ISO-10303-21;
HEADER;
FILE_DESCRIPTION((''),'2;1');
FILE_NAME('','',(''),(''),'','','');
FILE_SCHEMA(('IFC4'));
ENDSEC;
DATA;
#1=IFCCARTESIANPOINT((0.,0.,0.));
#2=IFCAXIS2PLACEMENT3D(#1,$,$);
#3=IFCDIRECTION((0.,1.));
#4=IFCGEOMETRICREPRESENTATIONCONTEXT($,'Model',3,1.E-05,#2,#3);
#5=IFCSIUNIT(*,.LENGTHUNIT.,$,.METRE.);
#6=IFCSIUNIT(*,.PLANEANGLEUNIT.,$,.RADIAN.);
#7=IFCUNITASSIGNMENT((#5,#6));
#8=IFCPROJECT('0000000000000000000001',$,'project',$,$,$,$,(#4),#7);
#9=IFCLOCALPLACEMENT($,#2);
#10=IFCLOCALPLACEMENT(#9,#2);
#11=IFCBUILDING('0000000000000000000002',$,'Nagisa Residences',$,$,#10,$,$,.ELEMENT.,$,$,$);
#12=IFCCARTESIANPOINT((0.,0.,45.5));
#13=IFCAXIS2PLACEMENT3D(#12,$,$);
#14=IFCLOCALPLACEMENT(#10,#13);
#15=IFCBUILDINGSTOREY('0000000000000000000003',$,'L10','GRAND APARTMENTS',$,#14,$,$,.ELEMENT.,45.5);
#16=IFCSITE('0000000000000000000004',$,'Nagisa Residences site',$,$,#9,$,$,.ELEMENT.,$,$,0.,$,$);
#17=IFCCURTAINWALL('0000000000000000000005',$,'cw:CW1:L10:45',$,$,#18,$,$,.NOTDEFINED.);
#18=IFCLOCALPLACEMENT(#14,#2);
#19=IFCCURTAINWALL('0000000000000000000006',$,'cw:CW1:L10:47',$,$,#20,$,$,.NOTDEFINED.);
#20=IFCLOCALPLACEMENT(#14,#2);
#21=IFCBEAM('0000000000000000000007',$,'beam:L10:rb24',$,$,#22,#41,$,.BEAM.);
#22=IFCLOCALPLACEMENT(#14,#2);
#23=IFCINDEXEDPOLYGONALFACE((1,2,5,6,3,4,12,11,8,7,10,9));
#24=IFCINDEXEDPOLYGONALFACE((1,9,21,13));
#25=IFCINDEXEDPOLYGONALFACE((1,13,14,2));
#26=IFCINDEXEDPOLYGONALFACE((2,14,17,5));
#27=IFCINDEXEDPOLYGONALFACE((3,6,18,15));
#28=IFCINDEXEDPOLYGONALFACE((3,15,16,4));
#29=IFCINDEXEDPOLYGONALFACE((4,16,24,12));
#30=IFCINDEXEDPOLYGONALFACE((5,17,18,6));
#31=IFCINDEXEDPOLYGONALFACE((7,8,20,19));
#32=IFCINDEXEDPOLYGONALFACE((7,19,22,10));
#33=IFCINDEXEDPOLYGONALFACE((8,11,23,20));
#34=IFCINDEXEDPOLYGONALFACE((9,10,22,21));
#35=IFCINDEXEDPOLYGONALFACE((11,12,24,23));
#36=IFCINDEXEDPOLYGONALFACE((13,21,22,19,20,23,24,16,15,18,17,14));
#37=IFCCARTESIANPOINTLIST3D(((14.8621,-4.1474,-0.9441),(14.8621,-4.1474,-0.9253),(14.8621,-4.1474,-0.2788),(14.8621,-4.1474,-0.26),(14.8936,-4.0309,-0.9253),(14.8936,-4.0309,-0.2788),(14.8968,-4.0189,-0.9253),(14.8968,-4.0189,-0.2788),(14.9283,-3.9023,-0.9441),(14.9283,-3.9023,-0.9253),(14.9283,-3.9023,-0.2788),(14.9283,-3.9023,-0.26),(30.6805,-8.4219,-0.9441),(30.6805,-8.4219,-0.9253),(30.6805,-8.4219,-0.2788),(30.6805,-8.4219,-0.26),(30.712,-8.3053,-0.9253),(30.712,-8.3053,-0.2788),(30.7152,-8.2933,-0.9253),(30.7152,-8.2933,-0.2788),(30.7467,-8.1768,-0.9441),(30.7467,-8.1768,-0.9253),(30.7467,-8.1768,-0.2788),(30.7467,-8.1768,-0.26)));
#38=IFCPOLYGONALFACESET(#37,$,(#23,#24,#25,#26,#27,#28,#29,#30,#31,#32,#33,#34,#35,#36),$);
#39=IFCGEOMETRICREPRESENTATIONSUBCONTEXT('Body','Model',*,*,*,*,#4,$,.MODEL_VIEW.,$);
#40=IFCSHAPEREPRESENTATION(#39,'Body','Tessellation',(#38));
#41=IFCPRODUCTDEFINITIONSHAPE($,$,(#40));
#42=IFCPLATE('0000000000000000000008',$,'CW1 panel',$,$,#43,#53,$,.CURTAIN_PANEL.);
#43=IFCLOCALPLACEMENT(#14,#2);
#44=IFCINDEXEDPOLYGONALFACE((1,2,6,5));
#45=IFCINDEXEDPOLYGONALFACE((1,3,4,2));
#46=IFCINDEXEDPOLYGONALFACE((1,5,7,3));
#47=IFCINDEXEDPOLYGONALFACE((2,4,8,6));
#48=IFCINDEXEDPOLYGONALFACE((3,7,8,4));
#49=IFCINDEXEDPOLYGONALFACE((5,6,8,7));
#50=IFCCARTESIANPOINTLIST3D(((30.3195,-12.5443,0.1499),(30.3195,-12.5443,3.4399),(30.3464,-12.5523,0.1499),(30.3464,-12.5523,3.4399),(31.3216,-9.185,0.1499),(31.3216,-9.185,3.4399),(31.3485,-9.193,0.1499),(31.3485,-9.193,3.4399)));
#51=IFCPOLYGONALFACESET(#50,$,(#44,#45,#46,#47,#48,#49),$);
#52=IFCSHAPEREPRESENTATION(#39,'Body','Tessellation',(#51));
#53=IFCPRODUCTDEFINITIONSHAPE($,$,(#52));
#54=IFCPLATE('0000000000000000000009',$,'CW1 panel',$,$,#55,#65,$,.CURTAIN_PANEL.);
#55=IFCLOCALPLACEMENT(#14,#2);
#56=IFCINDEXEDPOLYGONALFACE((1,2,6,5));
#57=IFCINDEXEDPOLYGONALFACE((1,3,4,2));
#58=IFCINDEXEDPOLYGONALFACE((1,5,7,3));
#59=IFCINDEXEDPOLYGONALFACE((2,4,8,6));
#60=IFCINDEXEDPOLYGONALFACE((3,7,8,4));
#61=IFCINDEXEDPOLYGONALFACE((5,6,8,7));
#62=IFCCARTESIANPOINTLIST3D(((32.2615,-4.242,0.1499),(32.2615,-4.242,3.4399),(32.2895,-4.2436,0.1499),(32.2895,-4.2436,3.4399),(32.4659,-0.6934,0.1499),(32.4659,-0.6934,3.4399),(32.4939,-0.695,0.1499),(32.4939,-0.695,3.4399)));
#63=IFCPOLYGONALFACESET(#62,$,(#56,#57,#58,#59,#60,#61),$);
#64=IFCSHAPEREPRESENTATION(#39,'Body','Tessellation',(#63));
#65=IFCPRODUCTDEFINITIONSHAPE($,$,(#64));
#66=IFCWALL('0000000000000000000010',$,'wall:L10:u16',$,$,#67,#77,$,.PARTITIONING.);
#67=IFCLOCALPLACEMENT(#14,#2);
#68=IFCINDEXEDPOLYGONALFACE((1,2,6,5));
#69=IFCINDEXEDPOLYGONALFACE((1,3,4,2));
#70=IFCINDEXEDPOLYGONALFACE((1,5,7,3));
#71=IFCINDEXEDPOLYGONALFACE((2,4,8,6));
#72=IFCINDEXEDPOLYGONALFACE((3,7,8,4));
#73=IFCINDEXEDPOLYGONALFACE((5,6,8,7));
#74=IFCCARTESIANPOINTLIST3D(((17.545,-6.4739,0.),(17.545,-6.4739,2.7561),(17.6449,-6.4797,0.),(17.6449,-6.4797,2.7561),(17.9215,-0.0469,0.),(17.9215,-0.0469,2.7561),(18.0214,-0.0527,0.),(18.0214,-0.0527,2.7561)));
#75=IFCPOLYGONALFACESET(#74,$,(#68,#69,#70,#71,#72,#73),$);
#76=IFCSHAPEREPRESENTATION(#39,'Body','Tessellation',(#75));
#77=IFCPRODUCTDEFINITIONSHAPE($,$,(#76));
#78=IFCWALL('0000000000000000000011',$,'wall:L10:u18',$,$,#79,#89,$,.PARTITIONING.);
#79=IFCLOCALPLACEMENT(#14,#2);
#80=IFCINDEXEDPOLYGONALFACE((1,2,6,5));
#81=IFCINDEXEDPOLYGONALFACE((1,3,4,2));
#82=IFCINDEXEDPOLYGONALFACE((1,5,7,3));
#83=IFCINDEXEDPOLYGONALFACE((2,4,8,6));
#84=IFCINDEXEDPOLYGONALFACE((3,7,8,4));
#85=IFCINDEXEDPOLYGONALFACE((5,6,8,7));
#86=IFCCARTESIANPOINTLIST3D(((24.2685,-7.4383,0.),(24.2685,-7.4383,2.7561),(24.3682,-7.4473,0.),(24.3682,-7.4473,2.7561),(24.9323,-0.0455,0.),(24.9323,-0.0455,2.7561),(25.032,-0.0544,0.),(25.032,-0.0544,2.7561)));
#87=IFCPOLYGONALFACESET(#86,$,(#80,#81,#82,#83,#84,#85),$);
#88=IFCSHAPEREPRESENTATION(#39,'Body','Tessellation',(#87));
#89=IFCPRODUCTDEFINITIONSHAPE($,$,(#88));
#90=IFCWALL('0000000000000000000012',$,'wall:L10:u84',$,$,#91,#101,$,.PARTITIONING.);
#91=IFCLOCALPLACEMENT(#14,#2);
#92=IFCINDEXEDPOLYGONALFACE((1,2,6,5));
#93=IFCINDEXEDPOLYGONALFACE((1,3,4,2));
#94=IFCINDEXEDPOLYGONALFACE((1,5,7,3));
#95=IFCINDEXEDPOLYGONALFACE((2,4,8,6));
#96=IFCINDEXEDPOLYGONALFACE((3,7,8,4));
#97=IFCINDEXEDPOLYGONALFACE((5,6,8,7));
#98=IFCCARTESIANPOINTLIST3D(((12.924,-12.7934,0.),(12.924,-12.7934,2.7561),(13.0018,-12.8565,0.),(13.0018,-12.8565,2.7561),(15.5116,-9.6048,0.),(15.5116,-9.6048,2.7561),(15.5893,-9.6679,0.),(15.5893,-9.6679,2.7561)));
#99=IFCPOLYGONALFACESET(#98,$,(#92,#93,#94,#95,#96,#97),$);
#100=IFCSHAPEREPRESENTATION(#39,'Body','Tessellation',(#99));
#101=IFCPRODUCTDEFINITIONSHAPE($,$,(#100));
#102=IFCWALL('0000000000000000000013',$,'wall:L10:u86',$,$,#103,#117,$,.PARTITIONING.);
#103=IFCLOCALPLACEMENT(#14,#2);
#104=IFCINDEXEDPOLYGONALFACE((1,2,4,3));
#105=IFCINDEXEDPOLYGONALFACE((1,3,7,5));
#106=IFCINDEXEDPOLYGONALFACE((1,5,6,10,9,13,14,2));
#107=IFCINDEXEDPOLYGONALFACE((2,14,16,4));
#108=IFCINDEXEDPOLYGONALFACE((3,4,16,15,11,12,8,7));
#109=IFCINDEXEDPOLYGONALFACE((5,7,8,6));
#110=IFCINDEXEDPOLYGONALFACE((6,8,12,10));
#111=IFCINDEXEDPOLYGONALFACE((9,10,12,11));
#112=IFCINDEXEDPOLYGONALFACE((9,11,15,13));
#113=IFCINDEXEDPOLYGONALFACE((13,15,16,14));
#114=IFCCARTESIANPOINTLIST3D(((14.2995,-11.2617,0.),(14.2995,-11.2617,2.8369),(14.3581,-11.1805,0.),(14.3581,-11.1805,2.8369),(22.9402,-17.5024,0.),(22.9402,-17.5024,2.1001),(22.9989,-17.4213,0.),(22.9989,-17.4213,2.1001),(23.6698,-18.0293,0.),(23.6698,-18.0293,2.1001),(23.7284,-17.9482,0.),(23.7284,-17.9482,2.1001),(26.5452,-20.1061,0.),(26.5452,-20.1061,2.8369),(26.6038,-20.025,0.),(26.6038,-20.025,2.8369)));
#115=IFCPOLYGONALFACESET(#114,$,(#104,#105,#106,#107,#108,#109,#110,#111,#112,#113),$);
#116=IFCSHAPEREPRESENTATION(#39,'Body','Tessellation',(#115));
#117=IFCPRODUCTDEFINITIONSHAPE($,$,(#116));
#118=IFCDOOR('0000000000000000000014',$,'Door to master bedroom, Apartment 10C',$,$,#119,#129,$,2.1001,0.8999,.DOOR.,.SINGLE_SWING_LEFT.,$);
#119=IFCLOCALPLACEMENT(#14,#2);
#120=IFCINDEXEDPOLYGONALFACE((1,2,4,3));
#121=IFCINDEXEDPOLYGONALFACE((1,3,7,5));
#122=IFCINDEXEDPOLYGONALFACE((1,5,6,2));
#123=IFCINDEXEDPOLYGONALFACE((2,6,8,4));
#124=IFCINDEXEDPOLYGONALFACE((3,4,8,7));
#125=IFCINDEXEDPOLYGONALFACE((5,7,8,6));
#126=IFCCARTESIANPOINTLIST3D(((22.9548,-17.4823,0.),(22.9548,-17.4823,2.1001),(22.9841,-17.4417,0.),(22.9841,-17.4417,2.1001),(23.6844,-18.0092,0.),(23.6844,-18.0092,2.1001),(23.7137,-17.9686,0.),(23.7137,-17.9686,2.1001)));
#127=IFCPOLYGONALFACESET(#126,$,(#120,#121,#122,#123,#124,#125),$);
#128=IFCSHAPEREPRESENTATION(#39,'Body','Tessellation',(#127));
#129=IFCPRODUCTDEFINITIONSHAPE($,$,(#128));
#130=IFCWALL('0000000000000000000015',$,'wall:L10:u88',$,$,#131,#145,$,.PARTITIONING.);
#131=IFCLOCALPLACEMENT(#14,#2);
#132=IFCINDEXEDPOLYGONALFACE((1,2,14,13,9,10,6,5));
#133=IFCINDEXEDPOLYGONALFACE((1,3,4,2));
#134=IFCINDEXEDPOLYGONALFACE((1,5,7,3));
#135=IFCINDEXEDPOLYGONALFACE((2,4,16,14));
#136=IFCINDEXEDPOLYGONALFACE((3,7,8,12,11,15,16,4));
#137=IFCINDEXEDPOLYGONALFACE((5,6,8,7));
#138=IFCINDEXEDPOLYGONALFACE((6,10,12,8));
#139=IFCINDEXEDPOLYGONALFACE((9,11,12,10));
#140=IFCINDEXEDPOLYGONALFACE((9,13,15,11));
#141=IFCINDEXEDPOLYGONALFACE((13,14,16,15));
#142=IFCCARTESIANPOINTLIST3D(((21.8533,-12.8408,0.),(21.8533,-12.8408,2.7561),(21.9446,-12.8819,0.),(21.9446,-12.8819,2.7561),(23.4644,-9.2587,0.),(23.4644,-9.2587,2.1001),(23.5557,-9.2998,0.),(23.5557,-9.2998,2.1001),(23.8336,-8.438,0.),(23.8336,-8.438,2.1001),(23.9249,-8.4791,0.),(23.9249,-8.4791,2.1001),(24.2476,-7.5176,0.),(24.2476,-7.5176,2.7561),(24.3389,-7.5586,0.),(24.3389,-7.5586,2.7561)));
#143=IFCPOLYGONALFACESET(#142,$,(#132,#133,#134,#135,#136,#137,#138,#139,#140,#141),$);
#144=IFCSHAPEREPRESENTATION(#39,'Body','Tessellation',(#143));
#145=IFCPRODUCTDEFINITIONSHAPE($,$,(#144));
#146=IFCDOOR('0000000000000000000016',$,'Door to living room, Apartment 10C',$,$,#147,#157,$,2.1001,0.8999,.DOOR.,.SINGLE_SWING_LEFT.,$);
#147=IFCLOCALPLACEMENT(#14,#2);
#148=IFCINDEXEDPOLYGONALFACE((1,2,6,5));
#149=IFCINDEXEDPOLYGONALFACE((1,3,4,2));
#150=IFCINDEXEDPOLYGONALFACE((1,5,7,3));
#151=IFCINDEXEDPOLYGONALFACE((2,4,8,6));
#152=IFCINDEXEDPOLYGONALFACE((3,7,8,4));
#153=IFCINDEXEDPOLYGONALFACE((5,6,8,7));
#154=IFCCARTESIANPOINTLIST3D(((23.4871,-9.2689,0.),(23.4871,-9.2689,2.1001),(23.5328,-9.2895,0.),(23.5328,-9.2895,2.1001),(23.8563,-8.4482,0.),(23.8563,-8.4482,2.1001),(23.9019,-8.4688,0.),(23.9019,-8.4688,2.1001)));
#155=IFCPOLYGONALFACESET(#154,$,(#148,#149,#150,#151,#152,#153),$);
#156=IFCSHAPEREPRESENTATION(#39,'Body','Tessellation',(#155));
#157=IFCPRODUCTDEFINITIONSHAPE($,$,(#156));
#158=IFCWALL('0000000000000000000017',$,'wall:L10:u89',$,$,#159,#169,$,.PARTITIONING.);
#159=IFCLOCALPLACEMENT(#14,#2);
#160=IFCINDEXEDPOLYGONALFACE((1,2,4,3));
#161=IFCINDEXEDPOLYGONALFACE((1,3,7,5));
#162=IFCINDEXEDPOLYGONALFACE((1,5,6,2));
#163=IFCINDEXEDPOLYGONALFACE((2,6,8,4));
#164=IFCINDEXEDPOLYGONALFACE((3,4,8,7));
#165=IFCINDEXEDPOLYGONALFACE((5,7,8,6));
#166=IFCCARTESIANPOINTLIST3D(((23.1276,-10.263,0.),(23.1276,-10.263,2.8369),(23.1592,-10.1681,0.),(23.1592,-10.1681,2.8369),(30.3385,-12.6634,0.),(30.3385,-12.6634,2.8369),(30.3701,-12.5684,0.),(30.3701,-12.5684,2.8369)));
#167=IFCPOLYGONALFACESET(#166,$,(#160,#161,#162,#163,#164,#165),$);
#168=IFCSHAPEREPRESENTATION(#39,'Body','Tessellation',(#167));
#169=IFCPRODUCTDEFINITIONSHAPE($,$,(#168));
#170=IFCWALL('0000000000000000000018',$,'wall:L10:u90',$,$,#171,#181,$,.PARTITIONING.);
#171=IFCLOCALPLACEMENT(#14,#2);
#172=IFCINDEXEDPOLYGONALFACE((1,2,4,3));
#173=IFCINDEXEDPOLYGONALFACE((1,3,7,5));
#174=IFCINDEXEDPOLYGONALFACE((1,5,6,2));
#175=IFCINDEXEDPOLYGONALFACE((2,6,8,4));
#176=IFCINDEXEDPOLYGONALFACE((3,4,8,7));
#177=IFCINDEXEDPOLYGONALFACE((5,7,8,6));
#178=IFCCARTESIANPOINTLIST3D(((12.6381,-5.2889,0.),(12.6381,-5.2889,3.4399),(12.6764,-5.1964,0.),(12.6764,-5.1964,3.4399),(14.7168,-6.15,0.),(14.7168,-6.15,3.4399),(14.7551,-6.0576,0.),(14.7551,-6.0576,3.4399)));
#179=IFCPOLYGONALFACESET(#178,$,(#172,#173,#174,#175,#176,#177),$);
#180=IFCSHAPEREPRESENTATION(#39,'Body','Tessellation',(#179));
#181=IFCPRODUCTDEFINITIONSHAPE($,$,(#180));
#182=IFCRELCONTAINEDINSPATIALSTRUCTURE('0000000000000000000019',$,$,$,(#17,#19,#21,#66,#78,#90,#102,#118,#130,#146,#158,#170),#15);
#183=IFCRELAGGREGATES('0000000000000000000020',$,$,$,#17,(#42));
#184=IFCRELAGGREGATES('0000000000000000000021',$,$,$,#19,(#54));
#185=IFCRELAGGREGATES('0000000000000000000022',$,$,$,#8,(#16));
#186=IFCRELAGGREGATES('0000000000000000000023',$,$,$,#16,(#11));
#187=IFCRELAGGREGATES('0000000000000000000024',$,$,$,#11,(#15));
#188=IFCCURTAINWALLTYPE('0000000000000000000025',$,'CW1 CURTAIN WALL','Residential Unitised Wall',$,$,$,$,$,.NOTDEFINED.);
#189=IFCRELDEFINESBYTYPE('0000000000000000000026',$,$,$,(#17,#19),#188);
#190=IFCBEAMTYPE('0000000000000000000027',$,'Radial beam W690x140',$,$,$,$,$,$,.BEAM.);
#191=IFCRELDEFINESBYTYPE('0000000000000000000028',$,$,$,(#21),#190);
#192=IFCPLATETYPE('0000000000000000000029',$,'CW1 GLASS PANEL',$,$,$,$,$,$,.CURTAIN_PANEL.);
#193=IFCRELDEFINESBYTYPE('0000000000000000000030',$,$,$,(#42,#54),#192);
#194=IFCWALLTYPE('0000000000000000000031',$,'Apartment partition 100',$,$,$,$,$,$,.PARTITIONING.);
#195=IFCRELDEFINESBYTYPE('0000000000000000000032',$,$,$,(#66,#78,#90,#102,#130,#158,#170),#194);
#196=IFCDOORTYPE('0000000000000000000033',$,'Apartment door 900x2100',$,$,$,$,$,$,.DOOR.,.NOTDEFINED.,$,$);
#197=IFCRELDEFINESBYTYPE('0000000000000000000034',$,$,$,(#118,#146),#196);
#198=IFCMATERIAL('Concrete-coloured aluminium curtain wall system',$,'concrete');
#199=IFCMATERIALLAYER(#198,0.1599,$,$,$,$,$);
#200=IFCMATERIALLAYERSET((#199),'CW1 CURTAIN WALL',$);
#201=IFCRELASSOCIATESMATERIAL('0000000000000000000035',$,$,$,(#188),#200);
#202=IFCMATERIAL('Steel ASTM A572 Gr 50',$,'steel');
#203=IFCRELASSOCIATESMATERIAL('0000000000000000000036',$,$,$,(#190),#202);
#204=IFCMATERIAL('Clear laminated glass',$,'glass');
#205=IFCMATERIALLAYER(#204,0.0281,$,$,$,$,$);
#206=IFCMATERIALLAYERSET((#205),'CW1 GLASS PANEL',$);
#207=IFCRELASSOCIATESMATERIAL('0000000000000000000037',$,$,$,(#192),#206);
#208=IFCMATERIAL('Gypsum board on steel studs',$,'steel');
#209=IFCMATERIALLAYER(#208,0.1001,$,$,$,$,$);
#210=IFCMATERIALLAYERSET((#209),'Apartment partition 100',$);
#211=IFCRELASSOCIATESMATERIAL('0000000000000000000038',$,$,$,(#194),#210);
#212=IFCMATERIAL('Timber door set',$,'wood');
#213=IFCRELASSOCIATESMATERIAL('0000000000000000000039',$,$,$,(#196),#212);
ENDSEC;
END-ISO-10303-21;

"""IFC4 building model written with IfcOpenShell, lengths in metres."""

from ifc_helpers import new_model, si_unit, direction, frame, frame_2d, origin, origin_2d, place, context, subcontext, project, spatial, rectangle, i_section, extrude, material, layer, layer_set, material_profile, profile_set, type_object, element, fill, aggregate, save


model = new_model("IFC4")

# Units and contexts
model_context = context("Model", 3, precision=1e-05, world=origin(), true_north=direction((0.0, 1.0)))
body_context = subcontext(model_context, "Body", "Model", "MODEL_VIEW")
ifc_project = project(units=[si_unit("LENGTHUNIT", "METRE"), si_unit("PLANEANGLEUNIT", "RADIAN")], contexts=[model_context])

# Site, building, storey
site_placement = place(None, origin())
site = spatial("IfcSite", under=ifc_project, at=site_placement, Name="Nagisa Residences site", CompositionType="ELEMENT", RefElevation=0.0)
building_placement = place(site_placement, origin())
building = spatial("IfcBuilding", under=site, at=building_placement, Name="Nagisa Residences", CompositionType="ELEMENT")
storey_placement = place(building_placement, frame((0.0, 0.0, 45.5)))
storey = spatial("IfcBuildingStorey", under=building, at=storey_placement, Name="L10", Description="GRAND APARTMENTS", CompositionType="ELEMENT", Elevation=45.5)

# Curtain walls
ifc_material_1 = material(Name="Concrete-coloured aluminium curtain wall system", Category="concrete")
ifc_layer_1 = layer(ifc_material_1, 0.1599)
ifc_layer_set_1 = layer_set([ifc_layer_1], Name="CW1 CURTAIN WALL")
curtain_wall_type = type_object("IfcCurtainWallType", Name="CW1 CURTAIN WALL", Description="Residential Unitised Wall", PredefinedType="NOTDEFINED", material=ifc_layer_set_1)
curtain_wall_1_placement = place(storey_placement, origin())
curtain_wall_1 = element("IfcCurtainWall", 1, at=curtain_wall_1_placement, inside=storey, type_object=curtain_wall_type, Name="cw:CW1:L10:45", PredefinedType="NOTDEFINED")
curtain_wall_2_placement = place(storey_placement, origin())
curtain_wall_2 = element("IfcCurtainWall", 2, at=curtain_wall_2_placement, inside=storey, type_object=curtain_wall_type, Name="cw:CW1:L10:47", PredefinedType="NOTDEFINED")

# Beam
ifc_material_2 = material(Name="Steel ASTM A572 Gr 50", Category="steel")
ifc_material_profile_1 = material_profile(ifc_material_2, i_section(OverallWidth=0.2539, OverallDepth=0.6841, WebThickness=0.0125, FlangeThickness=0.0188, at=origin_2d()), Name="W690x140")
ifc_profile_set_1 = profile_set([ifc_material_profile_1], Name="Steel ASTM A572 Gr 50")
beam_type_1 = type_object("IfcBeamType", Name="Radial beam W690x140", PredefinedType="BEAM", material=ifc_profile_set_1)
beam_1_placement = place(storey_placement, frame((30.7136, -8.2993, -0.6021), z_axis=(-0.965376, 0.260862, 0.0), x_axis=(-0.260862, -0.965376, 0.0)))
element("IfcBeam", 3, at=beam_1_placement, inside=storey, type_object=beam_type_1, Name="beam:L10:rb24", PredefinedType="BEAM", context=body_context, shape_type="SweptSolid", body=[
    extrude(i_section(OverallWidth=0.2539, OverallDepth=0.6841, WebThickness=0.0125, FlangeThickness=0.0188, at=origin_2d()), origin(), (0.0, 0.0, 1.0), 16.3857),
])

# Plates
ifc_material_3 = material(Name="Clear laminated glass", Category="glass")
ifc_layer_2 = layer(ifc_material_3, 0.0281)
ifc_layer_set_2 = layer_set([ifc_layer_2], Name="CW1 GLASS PANEL")
plate_type = type_object("IfcPlateType", Name="CW1 GLASS PANEL", PredefinedType="CURTAIN_PANEL", material=ifc_layer_set_2)
plate_1_placement = place(storey_placement, frame((30.834, -10.8687, 0.1499), z_axis=(0.0, 0.0, 1.0), x_axis=(0.28586, 0.958271, 0.0)))
plate_1 = element("IfcPlate", 4, at=plate_1_placement, type_object=plate_type, Name="CW1 panel", PredefinedType="CURTAIN_PANEL", context=body_context, shape_type="SweptSolid", body=[
    extrude(rectangle(XDim=3.5056, YDim=0.0281, at=origin_2d()), origin(), (0.0, 0.0, 1.0), 3.29),
])
aggregate(curtain_wall_1, [plate_1])
plate_2_placement = place(storey_placement, frame((32.3777, -2.4685, 0.1499), z_axis=(0.0, 0.0, 1.0), x_axis=(0.057503, 0.998345, 0.0)))
plate_2 = element("IfcPlate", 5, at=plate_2_placement, type_object=plate_type, Name="CW1 panel", PredefinedType="CURTAIN_PANEL", context=body_context, shape_type="SweptSolid", body=[
    extrude(rectangle(XDim=3.5544, YDim=0.0281, at=origin_2d()), origin(), (0.0, 0.0, 1.0), 3.29),
])
aggregate(curtain_wall_2, [plate_2])

# Walls
ifc_material_4 = material(Name="Gypsum board on steel studs", Category="steel")
ifc_layer_3 = layer(ifc_material_4, 0.1001)
ifc_layer_set_3 = layer_set([ifc_layer_3], Name="Apartment partition 100")
wall_type_1 = type_object("IfcWallType", Name="Apartment partition 100", PredefinedType="PARTITIONING", material=ifc_layer_set_3)
wall_1_placement = place(storey_placement, frame((17.9714, -0.0498, 0.0), z_axis=(0.0, 0.0, 1.0), x_axis=(-0.058475, -0.998289, 0.0)))
element("IfcWall", 6, at=wall_1_placement, inside=storey, type_object=wall_type_1, Name="wall:L10:u16", PredefinedType="PARTITIONING", context=body_context, shape_type="SweptSolid", body=[
    extrude(rectangle(XDim=6.438, YDim=0.1001, at=frame_2d((3.219, 0.0))), origin(), (0.0, 0.0, 1.0), 2.7561),
])
wall_2_placement = place(storey_placement, frame((24.9822, -0.0498, 0.0), z_axis=(0.0, 0.0, 1.0), x_axis=(-0.089432, -0.995993, 0.0)))
element("IfcWall", 7, at=wall_2_placement, inside=storey, type_object=wall_type_1, Name="wall:L10:u18", PredefinedType="PARTITIONING", context=body_context, shape_type="SweptSolid", body=[
    extrude(rectangle(XDim=7.4226, YDim=0.1001, at=frame_2d((3.7114, 0.0))), origin(), (0.0, 0.0, 1.0), 2.7561),
])
wall_3_placement = place(storey_placement, frame((12.9629, -12.825, 0.0), z_axis=(0.0, 0.0, 1.0), x_axis=(0.630125, 0.776494, 0.0)))
element("IfcWall", 8, at=wall_3_placement, inside=storey, type_object=wall_type_1, Name="wall:L10:u84", PredefinedType="PARTITIONING", context=body_context, shape_type="SweptSolid", body=[
    extrude(rectangle(XDim=4.1064, YDim=0.1001, at=frame_2d((2.0532, 0.0))), origin(), (0.0, 0.0, 1.0), 2.7561),
])

# Walls, openings, doors
wall_4_placement = place(storey_placement, frame((14.3289, -11.2212, 0.0), z_axis=(0.0, 0.0, 1.0), x_axis=(0.810671, -0.585502, 0.0)))
wall_4 = element("IfcWall", 9, at=wall_4_placement, inside=storey, type_object=wall_type_1, Name="wall:L10:u86", PredefinedType="PARTITIONING", context=body_context, shape_type="SweptSolid", body=[
    extrude(rectangle(XDim=15.1057, YDim=0.1001, at=frame_2d((7.5527, 0.0))), origin(), (0.0, 0.0, 1.0), 2.8369),
])
opening_1_placement = place(wall_4_placement, frame((10.6587, 0.0, 0.0)))
opening_1 = element("IfcOpeningElement", 10, at=opening_1_placement, cuts=wall_4, PredefinedType="OPENING", context=body_context, shape_type="SweptSolid", body=[
    extrude(rectangle(XDim=0.8999, YDim=2.1001, at=frame_2d((0.45, 1.05))), frame((0.0, 0.0601, 0.0), z_axis=(0.0, -1.0, 0.0), x_axis=(1.0, 0.0, 0.0)), (0.0, 0.0, 1.0), 0.1201),
])
ifc_material_5 = material(Name="Timber door set", Category="wood")
door_type_1 = type_object("IfcDoorType", Name="Apartment door 900x2100", OperationType="NOTDEFINED", PredefinedType="DOOR", material=ifc_material_5)
door_1_placement = place(opening_1_placement, origin())
door_1 = element("IfcDoor", 11, at=door_1_placement, inside=storey, type_object=door_type_1, Name="Door to master bedroom, Apartment 10C", OperationType="SINGLE_SWING_LEFT", OverallHeight=2.1001, OverallWidth=0.8999, PredefinedType="DOOR", context=body_context, shape_type="SweptSolid", body=[
    extrude(rectangle(XDim=0.8999, YDim=2.1001, at=frame_2d((0.45, 1.05))), frame((0.0, 0.0249, 0.0), z_axis=(0.0, -1.0, 0.0), x_axis=(1.0, 0.0, 0.0)), (0.0, 0.0, 1.0), 0.05),
])
fill(opening_1, door_1)
wall_5_placement = place(storey_placement, frame((21.8989, -12.8613, 0.0), z_axis=(0.0, 0.0, 1.0), x_axis=(0.410198, 0.911997, 0.0)))
wall_5 = element("IfcWall", 12, at=wall_5_placement, inside=storey, type_object=wall_type_1, Name="wall:L10:u88", PredefinedType="PARTITIONING", context=body_context, shape_type="SweptSolid", body=[
    extrude(rectangle(XDim=5.8369, YDim=0.1001, at=frame_2d((2.9185, 0.0))), origin(), (0.0, 0.0, 1.0), 2.7561),
])
opening_2_placement = place(wall_5_placement, frame((3.9277, 0.0, 0.0)))
opening_2 = element("IfcOpeningElement", 13, at=opening_2_placement, cuts=wall_5, PredefinedType="OPENING", context=body_context, shape_type="SweptSolid", body=[
    extrude(rectangle(XDim=0.8999, YDim=2.1001, at=frame_2d((0.45, 1.05))), frame((0.0, 0.0601, 0.0), z_axis=(0.0, -1.0, 0.0), x_axis=(1.0, 0.0, 0.0)), (0.0, 0.0, 1.0), 0.1201),
])
door_2_placement = place(opening_2_placement, frame((0.8999, 0.0, 0.0), x_axis=(-1.0, 0.0, 0.0)))
door_2 = element("IfcDoor", 14, at=door_2_placement, inside=storey, type_object=door_type_1, Name="Door to living room, Apartment 10C", OperationType="SINGLE_SWING_LEFT", OverallHeight=2.1001, OverallWidth=0.8999, PredefinedType="DOOR", context=body_context, shape_type="SweptSolid", body=[
    extrude(rectangle(XDim=0.8999, YDim=2.1001, at=frame_2d((0.45, 1.05))), frame((0.0, 0.0249, 0.0), z_axis=(0.0, -1.0, 0.0), x_axis=(1.0, 0.0, 0.0)), (0.0, 0.0, 1.0), 0.05),
])
fill(opening_2, door_2)

# Walls
wall_6_placement = place(storey_placement, frame((23.1436, -10.2156, 0.0), z_axis=(0.0, 0.0, 1.0), x_axis=(0.948812, -0.315842, 0.0)))
element("IfcWall", 15, at=wall_6_placement, inside=storey, type_object=wall_type_1, Name="wall:L10:u89", PredefinedType="PARTITIONING", context=body_context, shape_type="SweptSolid", body=[
    extrude(rectangle(XDim=7.5999, YDim=0.1001, at=frame_2d((3.7998, 0.0))), origin(), (0.0, 0.0, 1.0), 2.8369),
])
wall_7_placement = place(storey_placement, frame((12.6572, -5.2427, 0.0), z_axis=(0.0, 0.0, 1.0), x_axis=(0.923865, -0.382719, 0.0)))
element("IfcWall", 16, at=wall_7_placement, inside=storey, type_object=wall_type_1, Name="wall:L10:u90", PredefinedType="PARTITIONING", context=body_context, shape_type="SweptSolid", body=[
    extrude(rectangle(XDim=2.25, YDim=0.1001, at=frame_2d((1.125, 0.0))), origin(), (0.0, 0.0, 1.0), 3.4399),
])

save(model, "model.ifc")
